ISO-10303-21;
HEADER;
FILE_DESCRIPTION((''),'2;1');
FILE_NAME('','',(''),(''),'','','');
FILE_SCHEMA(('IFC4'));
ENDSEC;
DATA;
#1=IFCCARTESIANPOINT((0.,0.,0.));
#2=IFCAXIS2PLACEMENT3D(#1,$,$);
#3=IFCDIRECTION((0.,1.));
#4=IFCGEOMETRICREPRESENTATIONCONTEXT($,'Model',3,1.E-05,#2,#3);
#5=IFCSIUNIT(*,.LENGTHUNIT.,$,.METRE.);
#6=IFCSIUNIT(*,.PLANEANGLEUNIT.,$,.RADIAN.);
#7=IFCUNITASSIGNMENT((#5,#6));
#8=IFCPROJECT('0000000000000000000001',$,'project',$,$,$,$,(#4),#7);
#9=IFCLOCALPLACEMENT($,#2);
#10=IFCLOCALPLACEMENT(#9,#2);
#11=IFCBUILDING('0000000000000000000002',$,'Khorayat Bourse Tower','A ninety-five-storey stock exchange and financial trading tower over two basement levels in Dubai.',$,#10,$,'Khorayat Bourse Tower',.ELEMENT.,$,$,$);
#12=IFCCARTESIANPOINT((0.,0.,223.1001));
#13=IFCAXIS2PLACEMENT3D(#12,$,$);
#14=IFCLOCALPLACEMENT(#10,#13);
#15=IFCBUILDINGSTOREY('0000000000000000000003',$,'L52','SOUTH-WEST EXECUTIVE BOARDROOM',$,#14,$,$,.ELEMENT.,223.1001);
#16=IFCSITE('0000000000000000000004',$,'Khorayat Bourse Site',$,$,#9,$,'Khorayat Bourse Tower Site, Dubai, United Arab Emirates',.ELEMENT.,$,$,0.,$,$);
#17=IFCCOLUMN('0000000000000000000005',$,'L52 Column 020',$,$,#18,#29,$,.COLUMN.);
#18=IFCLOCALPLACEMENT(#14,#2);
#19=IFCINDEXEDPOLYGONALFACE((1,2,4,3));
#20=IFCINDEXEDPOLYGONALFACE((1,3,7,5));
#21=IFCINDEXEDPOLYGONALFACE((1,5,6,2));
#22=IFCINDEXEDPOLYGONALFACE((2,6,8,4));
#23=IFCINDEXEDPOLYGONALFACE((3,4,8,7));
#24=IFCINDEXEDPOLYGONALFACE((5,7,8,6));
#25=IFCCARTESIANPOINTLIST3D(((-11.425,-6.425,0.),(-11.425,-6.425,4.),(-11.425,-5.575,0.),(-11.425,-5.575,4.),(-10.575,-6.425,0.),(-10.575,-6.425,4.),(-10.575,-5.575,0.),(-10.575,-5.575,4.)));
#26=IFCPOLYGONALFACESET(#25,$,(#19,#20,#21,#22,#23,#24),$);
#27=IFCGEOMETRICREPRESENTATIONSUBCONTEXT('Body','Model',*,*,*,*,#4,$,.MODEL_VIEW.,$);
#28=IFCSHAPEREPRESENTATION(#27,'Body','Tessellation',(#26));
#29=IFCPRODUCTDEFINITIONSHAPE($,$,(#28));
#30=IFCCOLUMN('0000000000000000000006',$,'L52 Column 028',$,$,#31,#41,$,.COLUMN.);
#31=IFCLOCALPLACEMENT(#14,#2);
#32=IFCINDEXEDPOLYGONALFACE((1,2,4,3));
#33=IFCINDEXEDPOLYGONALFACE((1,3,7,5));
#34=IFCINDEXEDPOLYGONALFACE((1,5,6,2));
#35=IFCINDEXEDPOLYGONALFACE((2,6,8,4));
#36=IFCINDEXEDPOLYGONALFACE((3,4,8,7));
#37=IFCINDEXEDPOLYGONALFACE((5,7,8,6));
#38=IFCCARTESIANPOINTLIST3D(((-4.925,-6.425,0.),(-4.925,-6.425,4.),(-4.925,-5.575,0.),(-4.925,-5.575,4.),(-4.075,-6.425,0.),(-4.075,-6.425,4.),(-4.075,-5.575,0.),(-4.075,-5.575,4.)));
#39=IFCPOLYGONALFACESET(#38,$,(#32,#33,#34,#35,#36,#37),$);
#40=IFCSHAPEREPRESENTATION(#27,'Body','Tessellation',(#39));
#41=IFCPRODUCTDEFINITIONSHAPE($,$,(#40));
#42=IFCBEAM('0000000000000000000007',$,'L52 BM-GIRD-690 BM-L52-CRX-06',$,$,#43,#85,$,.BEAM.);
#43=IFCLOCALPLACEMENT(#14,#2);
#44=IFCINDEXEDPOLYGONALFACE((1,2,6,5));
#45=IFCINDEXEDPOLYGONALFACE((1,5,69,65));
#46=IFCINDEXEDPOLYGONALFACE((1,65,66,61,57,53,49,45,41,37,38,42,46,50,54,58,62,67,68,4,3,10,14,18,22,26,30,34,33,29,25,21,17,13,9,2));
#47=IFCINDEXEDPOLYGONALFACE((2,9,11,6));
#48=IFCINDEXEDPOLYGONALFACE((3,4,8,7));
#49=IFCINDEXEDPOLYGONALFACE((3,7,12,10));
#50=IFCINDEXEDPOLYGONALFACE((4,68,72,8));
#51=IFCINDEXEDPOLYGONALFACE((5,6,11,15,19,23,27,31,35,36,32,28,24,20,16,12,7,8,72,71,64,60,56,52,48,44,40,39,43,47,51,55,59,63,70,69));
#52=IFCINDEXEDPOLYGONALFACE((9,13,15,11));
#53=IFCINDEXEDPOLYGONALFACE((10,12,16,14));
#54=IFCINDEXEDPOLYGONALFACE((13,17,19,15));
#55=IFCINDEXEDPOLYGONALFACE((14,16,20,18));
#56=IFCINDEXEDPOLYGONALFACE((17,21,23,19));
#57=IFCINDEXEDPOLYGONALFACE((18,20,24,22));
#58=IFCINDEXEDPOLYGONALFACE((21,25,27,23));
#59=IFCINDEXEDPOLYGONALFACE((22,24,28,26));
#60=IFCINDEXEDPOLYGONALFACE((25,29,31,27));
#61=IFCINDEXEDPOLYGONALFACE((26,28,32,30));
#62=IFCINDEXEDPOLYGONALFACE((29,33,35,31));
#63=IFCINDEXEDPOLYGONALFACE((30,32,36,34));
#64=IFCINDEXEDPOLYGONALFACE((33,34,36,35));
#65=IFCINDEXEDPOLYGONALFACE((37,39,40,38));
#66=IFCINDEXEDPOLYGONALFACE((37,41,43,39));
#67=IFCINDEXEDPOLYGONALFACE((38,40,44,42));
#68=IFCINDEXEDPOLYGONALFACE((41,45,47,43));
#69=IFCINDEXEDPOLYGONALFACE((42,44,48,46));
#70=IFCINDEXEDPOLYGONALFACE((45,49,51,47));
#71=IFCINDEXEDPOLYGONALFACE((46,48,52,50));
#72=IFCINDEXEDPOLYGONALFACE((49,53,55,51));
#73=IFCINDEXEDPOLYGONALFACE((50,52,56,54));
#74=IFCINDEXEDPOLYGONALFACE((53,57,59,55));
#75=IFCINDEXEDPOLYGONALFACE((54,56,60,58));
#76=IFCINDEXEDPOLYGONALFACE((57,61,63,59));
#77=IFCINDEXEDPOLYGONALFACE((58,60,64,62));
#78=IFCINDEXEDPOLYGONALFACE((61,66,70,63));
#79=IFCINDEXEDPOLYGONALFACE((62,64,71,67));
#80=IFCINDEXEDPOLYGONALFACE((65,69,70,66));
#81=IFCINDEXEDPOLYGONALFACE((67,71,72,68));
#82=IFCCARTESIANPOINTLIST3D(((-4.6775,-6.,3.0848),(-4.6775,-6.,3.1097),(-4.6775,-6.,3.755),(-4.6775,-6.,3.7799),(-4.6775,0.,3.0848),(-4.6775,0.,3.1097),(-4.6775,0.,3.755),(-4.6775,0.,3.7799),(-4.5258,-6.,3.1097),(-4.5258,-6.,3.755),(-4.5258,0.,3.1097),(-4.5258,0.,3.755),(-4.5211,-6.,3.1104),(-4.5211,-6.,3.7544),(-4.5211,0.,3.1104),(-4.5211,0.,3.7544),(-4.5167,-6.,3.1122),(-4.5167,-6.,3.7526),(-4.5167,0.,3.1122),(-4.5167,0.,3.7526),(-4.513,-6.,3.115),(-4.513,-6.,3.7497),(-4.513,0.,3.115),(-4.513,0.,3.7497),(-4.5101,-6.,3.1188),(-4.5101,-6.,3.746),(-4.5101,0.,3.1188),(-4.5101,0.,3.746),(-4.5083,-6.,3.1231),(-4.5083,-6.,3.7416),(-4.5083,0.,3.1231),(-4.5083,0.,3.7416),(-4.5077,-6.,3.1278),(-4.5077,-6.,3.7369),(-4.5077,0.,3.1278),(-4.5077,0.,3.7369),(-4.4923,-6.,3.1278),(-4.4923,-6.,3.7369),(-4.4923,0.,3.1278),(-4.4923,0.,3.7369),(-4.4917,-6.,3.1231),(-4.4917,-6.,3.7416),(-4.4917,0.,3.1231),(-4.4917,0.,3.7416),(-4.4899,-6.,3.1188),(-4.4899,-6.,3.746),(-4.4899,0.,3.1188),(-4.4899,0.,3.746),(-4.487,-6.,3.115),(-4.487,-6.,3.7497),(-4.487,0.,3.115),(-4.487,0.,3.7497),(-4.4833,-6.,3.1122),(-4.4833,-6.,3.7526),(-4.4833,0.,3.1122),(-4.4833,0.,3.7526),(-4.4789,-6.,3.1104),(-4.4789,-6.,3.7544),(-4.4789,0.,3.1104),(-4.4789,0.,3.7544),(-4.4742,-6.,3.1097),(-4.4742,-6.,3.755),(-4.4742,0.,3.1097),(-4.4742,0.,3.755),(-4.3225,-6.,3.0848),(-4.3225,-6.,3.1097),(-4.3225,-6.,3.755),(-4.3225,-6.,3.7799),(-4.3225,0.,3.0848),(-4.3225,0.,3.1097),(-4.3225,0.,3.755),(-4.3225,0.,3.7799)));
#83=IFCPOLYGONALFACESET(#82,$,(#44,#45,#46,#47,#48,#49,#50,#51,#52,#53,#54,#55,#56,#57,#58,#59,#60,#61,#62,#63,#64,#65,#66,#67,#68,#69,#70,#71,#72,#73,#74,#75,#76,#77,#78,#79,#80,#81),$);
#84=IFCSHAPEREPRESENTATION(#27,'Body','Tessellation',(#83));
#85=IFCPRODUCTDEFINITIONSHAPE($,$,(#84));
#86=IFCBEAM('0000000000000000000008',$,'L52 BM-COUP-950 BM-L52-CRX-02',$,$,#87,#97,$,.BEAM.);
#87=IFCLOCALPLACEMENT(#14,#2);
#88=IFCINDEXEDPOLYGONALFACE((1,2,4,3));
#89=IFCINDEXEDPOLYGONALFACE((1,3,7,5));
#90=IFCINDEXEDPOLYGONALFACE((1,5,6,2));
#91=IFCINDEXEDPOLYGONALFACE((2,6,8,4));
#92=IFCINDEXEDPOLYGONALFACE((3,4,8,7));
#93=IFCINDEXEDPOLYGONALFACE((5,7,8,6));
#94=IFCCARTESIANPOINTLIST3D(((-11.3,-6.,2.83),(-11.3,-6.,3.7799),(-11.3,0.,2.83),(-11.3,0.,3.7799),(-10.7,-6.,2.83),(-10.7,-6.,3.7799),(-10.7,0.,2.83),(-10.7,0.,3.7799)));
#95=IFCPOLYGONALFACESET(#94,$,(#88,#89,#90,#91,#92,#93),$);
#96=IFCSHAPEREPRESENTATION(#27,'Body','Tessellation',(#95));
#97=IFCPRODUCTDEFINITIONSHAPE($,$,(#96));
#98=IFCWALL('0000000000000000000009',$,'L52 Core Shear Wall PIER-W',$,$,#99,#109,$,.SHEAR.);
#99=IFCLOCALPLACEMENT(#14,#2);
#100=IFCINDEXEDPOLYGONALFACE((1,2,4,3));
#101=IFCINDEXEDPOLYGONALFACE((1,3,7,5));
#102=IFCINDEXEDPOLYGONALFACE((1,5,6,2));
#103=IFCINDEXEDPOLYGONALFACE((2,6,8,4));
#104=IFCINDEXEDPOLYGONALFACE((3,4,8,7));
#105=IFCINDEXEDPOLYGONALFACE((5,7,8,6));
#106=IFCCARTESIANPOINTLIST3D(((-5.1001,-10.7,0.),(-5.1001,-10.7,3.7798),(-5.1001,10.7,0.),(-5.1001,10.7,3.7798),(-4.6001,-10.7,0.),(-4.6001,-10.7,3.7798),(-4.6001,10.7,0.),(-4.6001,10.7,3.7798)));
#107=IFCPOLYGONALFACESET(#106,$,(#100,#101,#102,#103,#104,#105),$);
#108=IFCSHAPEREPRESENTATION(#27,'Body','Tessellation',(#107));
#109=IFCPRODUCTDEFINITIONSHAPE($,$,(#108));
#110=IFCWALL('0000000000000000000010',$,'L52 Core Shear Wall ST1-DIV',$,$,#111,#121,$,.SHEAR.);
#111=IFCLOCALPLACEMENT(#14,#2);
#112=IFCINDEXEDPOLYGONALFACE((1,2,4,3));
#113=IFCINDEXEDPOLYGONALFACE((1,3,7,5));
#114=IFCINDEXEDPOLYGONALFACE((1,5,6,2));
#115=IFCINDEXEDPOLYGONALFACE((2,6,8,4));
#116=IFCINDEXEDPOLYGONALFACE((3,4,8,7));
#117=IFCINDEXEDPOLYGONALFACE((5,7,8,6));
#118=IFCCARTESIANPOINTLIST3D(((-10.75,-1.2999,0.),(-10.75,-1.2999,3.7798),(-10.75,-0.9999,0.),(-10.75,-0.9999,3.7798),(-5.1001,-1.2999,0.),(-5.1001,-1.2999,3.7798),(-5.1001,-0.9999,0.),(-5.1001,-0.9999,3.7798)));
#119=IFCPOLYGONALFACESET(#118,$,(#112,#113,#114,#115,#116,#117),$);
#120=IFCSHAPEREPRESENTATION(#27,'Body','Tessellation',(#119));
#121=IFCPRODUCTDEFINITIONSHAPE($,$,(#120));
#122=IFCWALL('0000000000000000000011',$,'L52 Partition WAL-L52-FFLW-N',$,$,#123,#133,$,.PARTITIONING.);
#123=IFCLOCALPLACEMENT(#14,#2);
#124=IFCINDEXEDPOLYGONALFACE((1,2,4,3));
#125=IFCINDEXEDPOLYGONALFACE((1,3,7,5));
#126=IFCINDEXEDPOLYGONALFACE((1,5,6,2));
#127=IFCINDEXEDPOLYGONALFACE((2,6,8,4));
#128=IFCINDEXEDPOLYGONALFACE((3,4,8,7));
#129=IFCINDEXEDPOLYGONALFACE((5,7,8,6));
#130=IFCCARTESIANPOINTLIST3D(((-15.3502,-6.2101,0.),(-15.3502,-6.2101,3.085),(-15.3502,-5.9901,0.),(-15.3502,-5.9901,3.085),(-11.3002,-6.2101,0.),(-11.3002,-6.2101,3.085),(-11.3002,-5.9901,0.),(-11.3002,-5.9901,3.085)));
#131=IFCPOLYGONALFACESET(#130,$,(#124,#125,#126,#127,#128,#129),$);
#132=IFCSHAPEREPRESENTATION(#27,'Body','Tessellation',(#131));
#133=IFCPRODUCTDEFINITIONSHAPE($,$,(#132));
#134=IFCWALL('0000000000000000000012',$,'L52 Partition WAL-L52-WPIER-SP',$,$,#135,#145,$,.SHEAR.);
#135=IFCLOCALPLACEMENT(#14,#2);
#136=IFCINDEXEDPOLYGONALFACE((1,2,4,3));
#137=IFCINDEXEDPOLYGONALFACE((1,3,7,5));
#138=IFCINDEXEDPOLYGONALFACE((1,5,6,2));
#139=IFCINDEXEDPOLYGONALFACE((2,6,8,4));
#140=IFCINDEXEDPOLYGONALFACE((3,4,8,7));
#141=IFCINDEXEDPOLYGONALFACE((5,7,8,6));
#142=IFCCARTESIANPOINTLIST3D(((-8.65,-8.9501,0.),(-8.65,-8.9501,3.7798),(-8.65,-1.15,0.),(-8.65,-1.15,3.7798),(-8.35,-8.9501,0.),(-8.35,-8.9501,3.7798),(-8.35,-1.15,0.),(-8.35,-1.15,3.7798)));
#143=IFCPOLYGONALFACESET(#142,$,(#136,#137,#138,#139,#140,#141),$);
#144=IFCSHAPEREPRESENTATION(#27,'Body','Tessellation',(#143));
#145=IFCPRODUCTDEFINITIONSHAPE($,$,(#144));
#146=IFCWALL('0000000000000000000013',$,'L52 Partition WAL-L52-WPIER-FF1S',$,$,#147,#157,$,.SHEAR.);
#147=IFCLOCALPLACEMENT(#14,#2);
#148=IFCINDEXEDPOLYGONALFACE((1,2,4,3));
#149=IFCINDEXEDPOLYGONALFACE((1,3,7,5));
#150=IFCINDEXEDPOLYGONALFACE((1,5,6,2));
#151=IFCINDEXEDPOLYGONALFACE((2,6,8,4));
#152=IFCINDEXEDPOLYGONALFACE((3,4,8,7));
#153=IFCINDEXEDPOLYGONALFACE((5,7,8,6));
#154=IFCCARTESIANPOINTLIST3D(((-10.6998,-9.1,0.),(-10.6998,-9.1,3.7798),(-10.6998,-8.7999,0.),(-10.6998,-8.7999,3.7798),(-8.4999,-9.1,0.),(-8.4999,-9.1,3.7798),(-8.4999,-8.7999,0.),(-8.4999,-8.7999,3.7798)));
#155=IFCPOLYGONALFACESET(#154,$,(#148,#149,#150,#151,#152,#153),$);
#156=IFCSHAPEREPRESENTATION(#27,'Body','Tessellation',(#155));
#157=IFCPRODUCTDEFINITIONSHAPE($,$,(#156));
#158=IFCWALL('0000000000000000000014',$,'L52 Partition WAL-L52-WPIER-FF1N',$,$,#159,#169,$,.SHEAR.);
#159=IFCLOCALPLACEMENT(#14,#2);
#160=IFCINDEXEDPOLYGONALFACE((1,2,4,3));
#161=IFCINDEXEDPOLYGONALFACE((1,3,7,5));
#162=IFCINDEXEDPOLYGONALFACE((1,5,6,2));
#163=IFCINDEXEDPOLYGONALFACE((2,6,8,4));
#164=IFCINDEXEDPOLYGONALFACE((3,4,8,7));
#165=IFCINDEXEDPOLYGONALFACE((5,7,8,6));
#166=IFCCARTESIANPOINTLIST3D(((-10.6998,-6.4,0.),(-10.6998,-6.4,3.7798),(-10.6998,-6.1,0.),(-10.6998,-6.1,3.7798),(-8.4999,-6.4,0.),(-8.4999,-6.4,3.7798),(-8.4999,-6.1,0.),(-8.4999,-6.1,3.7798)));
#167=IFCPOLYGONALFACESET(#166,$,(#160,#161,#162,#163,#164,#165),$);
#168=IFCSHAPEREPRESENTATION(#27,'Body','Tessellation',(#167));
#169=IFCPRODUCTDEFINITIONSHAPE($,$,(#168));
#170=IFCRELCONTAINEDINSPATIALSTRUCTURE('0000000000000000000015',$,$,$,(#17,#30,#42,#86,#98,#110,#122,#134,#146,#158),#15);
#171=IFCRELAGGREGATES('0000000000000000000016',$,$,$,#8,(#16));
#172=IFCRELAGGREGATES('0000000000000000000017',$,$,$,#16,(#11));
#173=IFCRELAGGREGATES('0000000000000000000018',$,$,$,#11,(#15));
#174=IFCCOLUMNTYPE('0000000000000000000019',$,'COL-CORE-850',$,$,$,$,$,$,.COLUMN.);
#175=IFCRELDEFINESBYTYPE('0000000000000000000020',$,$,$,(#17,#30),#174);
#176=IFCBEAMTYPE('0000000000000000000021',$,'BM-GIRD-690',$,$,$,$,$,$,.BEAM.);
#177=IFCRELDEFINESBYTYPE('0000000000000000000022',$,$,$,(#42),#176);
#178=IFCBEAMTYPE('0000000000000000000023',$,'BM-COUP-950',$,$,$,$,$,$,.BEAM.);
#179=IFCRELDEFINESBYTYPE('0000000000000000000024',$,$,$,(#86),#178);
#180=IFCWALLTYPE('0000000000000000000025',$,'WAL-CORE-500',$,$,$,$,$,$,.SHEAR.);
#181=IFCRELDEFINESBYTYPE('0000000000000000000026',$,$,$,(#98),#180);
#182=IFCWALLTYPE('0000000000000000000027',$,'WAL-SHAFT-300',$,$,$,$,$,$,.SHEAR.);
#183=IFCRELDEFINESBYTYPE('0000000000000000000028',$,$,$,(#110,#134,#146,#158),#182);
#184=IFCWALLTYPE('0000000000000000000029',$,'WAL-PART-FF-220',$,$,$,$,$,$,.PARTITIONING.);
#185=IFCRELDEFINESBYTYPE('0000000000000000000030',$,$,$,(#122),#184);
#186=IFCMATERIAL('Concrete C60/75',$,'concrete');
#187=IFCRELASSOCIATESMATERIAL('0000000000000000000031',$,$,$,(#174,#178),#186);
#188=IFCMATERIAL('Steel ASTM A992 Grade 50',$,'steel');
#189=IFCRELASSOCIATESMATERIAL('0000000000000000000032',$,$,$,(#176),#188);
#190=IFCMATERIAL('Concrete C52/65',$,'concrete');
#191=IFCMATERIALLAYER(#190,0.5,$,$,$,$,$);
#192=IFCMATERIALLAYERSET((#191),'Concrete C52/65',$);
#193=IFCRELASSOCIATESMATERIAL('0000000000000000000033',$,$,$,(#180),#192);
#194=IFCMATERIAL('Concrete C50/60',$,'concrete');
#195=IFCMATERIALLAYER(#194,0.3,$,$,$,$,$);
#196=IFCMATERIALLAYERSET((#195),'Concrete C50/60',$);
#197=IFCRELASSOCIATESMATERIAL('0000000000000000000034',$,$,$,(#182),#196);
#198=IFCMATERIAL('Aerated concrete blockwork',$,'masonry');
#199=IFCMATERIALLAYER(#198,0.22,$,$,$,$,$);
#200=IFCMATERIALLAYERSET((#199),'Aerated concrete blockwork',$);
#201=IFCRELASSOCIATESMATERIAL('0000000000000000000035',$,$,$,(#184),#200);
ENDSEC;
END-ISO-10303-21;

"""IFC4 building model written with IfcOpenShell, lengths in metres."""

from ifc_helpers import new_model, si_unit, direction, frame, frame_2d, origin, origin_2d, place, context, subcontext, project, spatial, rectangle, i_section, extrude, source, transform, mapped, material, layer, layer_set, material_profile, profile_set, type_object, element, save


model = new_model("IFC4")

# Units and contexts
model_context = context("Model", 3, precision=1e-05, world=origin(), true_north=direction((0.0, 1.0)))
body_context = subcontext(model_context, "Body", "Model", "MODEL_VIEW")
ifc_project = project(units=[si_unit("LENGTHUNIT", "METRE"), si_unit("PLANEANGLEUNIT", "RADIAN")], contexts=[model_context])

# Site, building, storey
site_placement = place(None, origin())
site = spatial("IfcSite", under=ifc_project, at=site_placement, Name="Khorayat Bourse Site", LongName="Khorayat Bourse Tower Site, Dubai, United Arab Emirates", CompositionType="ELEMENT", RefElevation=0.0)
building_placement = place(site_placement, origin())
building = spatial("IfcBuilding", under=site, at=building_placement, Name="Khorayat Bourse Tower", Description="A ninety-five-storey stock exchange and financial trading tower over two basement levels in Dubai.", LongName="Khorayat Bourse Tower", CompositionType="ELEMENT")
storey_placement = place(building_placement, frame((0.0, 0.0, 223.1001)))
storey = spatial("IfcBuildingStorey", under=building, at=storey_placement, Name="L52", Description="SOUTH-WEST EXECUTIVE BOARDROOM", CompositionType="ELEMENT", Elevation=223.1001)

# Columns
ifc_material_1 = material(Name="Concrete C60/75", Category="concrete")
ifc_material_profile_1 = material_profile(ifc_material_1, rectangle(XDim=0.8501, YDim=0.8501, at=origin_2d()), Name="RC 850x850")
ifc_profile_set_1 = profile_set([ifc_material_profile_1], Name="Concrete C60/75")
column_type = type_object("IfcColumnType", Name="COL-CORE-850", PredefinedType="COLUMN", material=ifc_profile_set_1)
shared_shape_1 = source(origin(), body_context, "Body", "SweptSolid", [
    extrude(rectangle(XDim=0.8501, YDim=0.8501, at=origin_2d()), origin(), (0.0, 0.0, 1.0), 4.0),
])
for number, where, z_axis, x_axis, name in (
    (1, (-11.0, -6.0, 0.0), (0.0, 0.0, 1.0), (1.0, 0.0, 0.0), "L52 Column 020"),
    (2, (-4.5, -6.0, 0.0), (0.0, 0.0, 1.0), (1.0, 0.0, 0.0), "L52 Column 028"),
):
    element("IfcColumn", number, at=place(storey_placement, frame(where, z_axis=z_axis, x_axis=x_axis)), inside=storey, type_object=column_type, Name=name, PredefinedType="COLUMN", context=body_context, shape_type="MappedRepresentation", body=[
        mapped(shared_shape_1, transform((0.0, 0.0, 0.0), scale=1.0)),
    ])

# Beams
ifc_material_2 = material(Name="Steel ASTM A992 Grade 50", Category="steel")
ifc_material_profile_2 = material_profile(ifc_material_2, i_section(OverallWidth=0.355, OverallDepth=0.6951, WebThickness=0.0154, FlangeThickness=0.0249, FilletRadius=0.0181, at=origin_2d()), Name="W690X217")
ifc_profile_set_2 = profile_set([ifc_material_profile_2], Name="Steel ASTM A992 Grade 50")
beam_type_1 = type_object("IfcBeamType", Name="BM-GIRD-690", PredefinedType="BEAM", material=ifc_profile_set_2)
shared_shape_2 = source(origin(), body_context, "Body", "SweptSolid", [
    extrude(i_section(OverallWidth=0.355, OverallDepth=0.6951, WebThickness=0.0154, FlangeThickness=0.0249, FilletRadius=0.0181, at=origin_2d()), origin(), (0.0, 0.0, 1.0), 6.0),
])
beam_1_placement = place(storey_placement, frame((-4.5, -6.0, 3.4324), z_axis=(0.0, 1.0, 0.0), x_axis=(-1.0, 0.0, 0.0)))
element("IfcBeam", 3, at=beam_1_placement, inside=storey, type_object=beam_type_1, Name="L52 BM-GIRD-690 BM-L52-CRX-06", PredefinedType="BEAM", context=body_context, shape_type="MappedRepresentation", body=[
    mapped(shared_shape_2, transform((0.0, 0.0, 0.0), scale=1.0)),
])
ifc_material_profile_3 = material_profile(ifc_material_1, rectangle(XDim=0.6001, YDim=0.95, at=origin_2d()), Name="RC 600x950")
ifc_profile_set_3 = profile_set([ifc_material_profile_3], Name="Concrete C60/75")
beam_type_2 = type_object("IfcBeamType", Name="BM-COUP-950", PredefinedType="BEAM", material=ifc_profile_set_3)
shared_shape_3 = source(origin(), body_context, "Body", "SweptSolid", [
    extrude(rectangle(XDim=0.6001, YDim=0.95, at=origin_2d()), origin(), (0.0, 0.0, 1.0), 6.0),
])
beam_2_placement = place(storey_placement, frame((-11.0, -6.0, 3.3049), z_axis=(0.0, 1.0, 0.0), x_axis=(-1.0, 0.0, 0.0)))
element("IfcBeam", 4, at=beam_2_placement, inside=storey, type_object=beam_type_2, Name="L52 BM-COUP-950 BM-L52-CRX-02", PredefinedType="BEAM", context=body_context, shape_type="MappedRepresentation", body=[
    mapped(shared_shape_3, transform((0.0, 0.0, 0.0), scale=1.0)),
])

# Walls
ifc_material_3 = material(Name="Concrete C52/65", Category="concrete")
ifc_layer_1 = layer(ifc_material_3, 0.5)
ifc_layer_set_1 = layer_set([ifc_layer_1], Name="Concrete C52/65")
wall_type_1 = type_object("IfcWallType", Name="WAL-CORE-500", PredefinedType="SHEAR", material=ifc_layer_set_1)
shared_shape_4 = source(origin(), body_context, "Body", "SweptSolid", [
    extrude(rectangle(XDim=21.3999, YDim=0.5, at=frame_2d((10.7, 0.0))), origin(), (0.0, 0.0, 1.0), 3.7798),
])
wall_1_placement = place(storey_placement, frame((-4.8501, -10.7, 0.0), z_axis=(0.0, 0.0, 1.0), x_axis=(0.0, 1.0, 0.0)))
element("IfcWall", 5, at=wall_1_placement, inside=storey, type_object=wall_type_1, Name="L52 Core Shear Wall PIER-W", PredefinedType="SHEAR", context=body_context, shape_type="MappedRepresentation", body=[
    mapped(shared_shape_4, transform((0.0, 0.0, 0.0), scale=1.0)),
])
ifc_material_4 = material(Name="Concrete C50/60", Category="concrete")
ifc_layer_2 = layer(ifc_material_4, 0.3)
ifc_layer_set_2 = layer_set([ifc_layer_2], Name="Concrete C50/60")
wall_type_2 = type_object("IfcWallType", Name="WAL-SHAFT-300", PredefinedType="SHEAR", material=ifc_layer_set_2)
shared_shape_5 = source(origin(), body_context, "Body", "SweptSolid", [
    extrude(rectangle(XDim=5.6499, YDim=0.3, at=frame_2d((2.825, 0.0))), origin(), (0.0, 0.0, 1.0), 3.7798),
])
wall_2_placement = place(storey_placement, frame((-10.75, -1.1499, 0.0), z_axis=(0.0, 0.0, 1.0), x_axis=(1.0, 0.0, 0.0)))
element("IfcWall", 6, at=wall_2_placement, inside=storey, type_object=wall_type_2, Name="L52 Core Shear Wall ST1-DIV", PredefinedType="SHEAR", context=body_context, shape_type="MappedRepresentation", body=[
    mapped(shared_shape_5, transform((0.0, 0.0, 0.0), scale=1.0)),
])
ifc_material_5 = material(Name="Aerated concrete blockwork", Category="masonry")
ifc_layer_3 = layer(ifc_material_5, 0.22)
ifc_layer_set_3 = layer_set([ifc_layer_3], Name="Aerated concrete blockwork")
wall_type_3 = type_object("IfcWallType", Name="WAL-PART-FF-220", PredefinedType="PARTITIONING", material=ifc_layer_set_3)
shared_shape_6 = source(origin(), body_context, "Body", "SweptSolid", [
    extrude(rectangle(XDim=4.05, YDim=0.22, at=frame_2d((2.0249, 0.0))), origin(), (0.0, 0.0, 1.0), 3.085),
])
wall_3_placement = place(storey_placement, frame((-15.3501, -6.1001, 0.0), z_axis=(0.0, 0.0, 1.0), x_axis=(1.0, 0.0, 0.0)))
element("IfcWall", 7, at=wall_3_placement, inside=storey, type_object=wall_type_3, Name="L52 Partition WAL-L52-FFLW-N", PredefinedType="PARTITIONING", context=body_context, shape_type="MappedRepresentation", body=[
    mapped(shared_shape_6, transform((0.0, 0.0, 0.0), scale=1.0)),
])
shared_shape_7 = source(origin(), body_context, "Body", "SweptSolid", [
    extrude(rectangle(XDim=7.8, YDim=0.3, at=frame_2d((3.8999, 0.0))), origin(), (0.0, 0.0, 1.0), 3.7798),
])
wall_4_placement = place(storey_placement, frame((-8.5, -8.95, 0.0), z_axis=(0.0, 0.0, 1.0), x_axis=(0.0, 1.0, 0.0)))
element("IfcWall", 8, at=wall_4_placement, inside=storey, type_object=wall_type_2, Name="L52 Partition WAL-L52-WPIER-SP", PredefinedType="SHEAR", context=body_context, shape_type="MappedRepresentation", body=[
    mapped(shared_shape_7, transform((0.0, 0.0, 0.0), scale=1.0)),
])
shared_shape_8 = source(origin(), body_context, "Body", "SweptSolid", [
    extrude(rectangle(XDim=2.2, YDim=0.3, at=frame_2d((1.1001, 0.0))), origin(), (0.0, 0.0, 1.0), 3.7798),
])
for number, where, z_axis, x_axis, name in (
    (9, (-10.7, -8.95, 0.0), (0.0, 0.0, 1.0), (1.0, 0.0, 0.0), "L52 Partition WAL-L52-WPIER-FF1S"),
    (10, (-10.7, -6.25, 0.0), (0.0, 0.0, 1.0), (1.0, 0.0, 0.0), "L52 Partition WAL-L52-WPIER-FF1N"),
):
    element("IfcWall", number, at=place(storey_placement, frame(where, z_axis=z_axis, x_axis=x_axis)), inside=storey, type_object=wall_type_2, Name=name, PredefinedType="SHEAR", context=body_context, shape_type="MappedRepresentation", body=[
        mapped(shared_shape_8, transform((0.0, 0.0, 0.0), scale=1.0)),
    ])

save(model, "model.ifc")
